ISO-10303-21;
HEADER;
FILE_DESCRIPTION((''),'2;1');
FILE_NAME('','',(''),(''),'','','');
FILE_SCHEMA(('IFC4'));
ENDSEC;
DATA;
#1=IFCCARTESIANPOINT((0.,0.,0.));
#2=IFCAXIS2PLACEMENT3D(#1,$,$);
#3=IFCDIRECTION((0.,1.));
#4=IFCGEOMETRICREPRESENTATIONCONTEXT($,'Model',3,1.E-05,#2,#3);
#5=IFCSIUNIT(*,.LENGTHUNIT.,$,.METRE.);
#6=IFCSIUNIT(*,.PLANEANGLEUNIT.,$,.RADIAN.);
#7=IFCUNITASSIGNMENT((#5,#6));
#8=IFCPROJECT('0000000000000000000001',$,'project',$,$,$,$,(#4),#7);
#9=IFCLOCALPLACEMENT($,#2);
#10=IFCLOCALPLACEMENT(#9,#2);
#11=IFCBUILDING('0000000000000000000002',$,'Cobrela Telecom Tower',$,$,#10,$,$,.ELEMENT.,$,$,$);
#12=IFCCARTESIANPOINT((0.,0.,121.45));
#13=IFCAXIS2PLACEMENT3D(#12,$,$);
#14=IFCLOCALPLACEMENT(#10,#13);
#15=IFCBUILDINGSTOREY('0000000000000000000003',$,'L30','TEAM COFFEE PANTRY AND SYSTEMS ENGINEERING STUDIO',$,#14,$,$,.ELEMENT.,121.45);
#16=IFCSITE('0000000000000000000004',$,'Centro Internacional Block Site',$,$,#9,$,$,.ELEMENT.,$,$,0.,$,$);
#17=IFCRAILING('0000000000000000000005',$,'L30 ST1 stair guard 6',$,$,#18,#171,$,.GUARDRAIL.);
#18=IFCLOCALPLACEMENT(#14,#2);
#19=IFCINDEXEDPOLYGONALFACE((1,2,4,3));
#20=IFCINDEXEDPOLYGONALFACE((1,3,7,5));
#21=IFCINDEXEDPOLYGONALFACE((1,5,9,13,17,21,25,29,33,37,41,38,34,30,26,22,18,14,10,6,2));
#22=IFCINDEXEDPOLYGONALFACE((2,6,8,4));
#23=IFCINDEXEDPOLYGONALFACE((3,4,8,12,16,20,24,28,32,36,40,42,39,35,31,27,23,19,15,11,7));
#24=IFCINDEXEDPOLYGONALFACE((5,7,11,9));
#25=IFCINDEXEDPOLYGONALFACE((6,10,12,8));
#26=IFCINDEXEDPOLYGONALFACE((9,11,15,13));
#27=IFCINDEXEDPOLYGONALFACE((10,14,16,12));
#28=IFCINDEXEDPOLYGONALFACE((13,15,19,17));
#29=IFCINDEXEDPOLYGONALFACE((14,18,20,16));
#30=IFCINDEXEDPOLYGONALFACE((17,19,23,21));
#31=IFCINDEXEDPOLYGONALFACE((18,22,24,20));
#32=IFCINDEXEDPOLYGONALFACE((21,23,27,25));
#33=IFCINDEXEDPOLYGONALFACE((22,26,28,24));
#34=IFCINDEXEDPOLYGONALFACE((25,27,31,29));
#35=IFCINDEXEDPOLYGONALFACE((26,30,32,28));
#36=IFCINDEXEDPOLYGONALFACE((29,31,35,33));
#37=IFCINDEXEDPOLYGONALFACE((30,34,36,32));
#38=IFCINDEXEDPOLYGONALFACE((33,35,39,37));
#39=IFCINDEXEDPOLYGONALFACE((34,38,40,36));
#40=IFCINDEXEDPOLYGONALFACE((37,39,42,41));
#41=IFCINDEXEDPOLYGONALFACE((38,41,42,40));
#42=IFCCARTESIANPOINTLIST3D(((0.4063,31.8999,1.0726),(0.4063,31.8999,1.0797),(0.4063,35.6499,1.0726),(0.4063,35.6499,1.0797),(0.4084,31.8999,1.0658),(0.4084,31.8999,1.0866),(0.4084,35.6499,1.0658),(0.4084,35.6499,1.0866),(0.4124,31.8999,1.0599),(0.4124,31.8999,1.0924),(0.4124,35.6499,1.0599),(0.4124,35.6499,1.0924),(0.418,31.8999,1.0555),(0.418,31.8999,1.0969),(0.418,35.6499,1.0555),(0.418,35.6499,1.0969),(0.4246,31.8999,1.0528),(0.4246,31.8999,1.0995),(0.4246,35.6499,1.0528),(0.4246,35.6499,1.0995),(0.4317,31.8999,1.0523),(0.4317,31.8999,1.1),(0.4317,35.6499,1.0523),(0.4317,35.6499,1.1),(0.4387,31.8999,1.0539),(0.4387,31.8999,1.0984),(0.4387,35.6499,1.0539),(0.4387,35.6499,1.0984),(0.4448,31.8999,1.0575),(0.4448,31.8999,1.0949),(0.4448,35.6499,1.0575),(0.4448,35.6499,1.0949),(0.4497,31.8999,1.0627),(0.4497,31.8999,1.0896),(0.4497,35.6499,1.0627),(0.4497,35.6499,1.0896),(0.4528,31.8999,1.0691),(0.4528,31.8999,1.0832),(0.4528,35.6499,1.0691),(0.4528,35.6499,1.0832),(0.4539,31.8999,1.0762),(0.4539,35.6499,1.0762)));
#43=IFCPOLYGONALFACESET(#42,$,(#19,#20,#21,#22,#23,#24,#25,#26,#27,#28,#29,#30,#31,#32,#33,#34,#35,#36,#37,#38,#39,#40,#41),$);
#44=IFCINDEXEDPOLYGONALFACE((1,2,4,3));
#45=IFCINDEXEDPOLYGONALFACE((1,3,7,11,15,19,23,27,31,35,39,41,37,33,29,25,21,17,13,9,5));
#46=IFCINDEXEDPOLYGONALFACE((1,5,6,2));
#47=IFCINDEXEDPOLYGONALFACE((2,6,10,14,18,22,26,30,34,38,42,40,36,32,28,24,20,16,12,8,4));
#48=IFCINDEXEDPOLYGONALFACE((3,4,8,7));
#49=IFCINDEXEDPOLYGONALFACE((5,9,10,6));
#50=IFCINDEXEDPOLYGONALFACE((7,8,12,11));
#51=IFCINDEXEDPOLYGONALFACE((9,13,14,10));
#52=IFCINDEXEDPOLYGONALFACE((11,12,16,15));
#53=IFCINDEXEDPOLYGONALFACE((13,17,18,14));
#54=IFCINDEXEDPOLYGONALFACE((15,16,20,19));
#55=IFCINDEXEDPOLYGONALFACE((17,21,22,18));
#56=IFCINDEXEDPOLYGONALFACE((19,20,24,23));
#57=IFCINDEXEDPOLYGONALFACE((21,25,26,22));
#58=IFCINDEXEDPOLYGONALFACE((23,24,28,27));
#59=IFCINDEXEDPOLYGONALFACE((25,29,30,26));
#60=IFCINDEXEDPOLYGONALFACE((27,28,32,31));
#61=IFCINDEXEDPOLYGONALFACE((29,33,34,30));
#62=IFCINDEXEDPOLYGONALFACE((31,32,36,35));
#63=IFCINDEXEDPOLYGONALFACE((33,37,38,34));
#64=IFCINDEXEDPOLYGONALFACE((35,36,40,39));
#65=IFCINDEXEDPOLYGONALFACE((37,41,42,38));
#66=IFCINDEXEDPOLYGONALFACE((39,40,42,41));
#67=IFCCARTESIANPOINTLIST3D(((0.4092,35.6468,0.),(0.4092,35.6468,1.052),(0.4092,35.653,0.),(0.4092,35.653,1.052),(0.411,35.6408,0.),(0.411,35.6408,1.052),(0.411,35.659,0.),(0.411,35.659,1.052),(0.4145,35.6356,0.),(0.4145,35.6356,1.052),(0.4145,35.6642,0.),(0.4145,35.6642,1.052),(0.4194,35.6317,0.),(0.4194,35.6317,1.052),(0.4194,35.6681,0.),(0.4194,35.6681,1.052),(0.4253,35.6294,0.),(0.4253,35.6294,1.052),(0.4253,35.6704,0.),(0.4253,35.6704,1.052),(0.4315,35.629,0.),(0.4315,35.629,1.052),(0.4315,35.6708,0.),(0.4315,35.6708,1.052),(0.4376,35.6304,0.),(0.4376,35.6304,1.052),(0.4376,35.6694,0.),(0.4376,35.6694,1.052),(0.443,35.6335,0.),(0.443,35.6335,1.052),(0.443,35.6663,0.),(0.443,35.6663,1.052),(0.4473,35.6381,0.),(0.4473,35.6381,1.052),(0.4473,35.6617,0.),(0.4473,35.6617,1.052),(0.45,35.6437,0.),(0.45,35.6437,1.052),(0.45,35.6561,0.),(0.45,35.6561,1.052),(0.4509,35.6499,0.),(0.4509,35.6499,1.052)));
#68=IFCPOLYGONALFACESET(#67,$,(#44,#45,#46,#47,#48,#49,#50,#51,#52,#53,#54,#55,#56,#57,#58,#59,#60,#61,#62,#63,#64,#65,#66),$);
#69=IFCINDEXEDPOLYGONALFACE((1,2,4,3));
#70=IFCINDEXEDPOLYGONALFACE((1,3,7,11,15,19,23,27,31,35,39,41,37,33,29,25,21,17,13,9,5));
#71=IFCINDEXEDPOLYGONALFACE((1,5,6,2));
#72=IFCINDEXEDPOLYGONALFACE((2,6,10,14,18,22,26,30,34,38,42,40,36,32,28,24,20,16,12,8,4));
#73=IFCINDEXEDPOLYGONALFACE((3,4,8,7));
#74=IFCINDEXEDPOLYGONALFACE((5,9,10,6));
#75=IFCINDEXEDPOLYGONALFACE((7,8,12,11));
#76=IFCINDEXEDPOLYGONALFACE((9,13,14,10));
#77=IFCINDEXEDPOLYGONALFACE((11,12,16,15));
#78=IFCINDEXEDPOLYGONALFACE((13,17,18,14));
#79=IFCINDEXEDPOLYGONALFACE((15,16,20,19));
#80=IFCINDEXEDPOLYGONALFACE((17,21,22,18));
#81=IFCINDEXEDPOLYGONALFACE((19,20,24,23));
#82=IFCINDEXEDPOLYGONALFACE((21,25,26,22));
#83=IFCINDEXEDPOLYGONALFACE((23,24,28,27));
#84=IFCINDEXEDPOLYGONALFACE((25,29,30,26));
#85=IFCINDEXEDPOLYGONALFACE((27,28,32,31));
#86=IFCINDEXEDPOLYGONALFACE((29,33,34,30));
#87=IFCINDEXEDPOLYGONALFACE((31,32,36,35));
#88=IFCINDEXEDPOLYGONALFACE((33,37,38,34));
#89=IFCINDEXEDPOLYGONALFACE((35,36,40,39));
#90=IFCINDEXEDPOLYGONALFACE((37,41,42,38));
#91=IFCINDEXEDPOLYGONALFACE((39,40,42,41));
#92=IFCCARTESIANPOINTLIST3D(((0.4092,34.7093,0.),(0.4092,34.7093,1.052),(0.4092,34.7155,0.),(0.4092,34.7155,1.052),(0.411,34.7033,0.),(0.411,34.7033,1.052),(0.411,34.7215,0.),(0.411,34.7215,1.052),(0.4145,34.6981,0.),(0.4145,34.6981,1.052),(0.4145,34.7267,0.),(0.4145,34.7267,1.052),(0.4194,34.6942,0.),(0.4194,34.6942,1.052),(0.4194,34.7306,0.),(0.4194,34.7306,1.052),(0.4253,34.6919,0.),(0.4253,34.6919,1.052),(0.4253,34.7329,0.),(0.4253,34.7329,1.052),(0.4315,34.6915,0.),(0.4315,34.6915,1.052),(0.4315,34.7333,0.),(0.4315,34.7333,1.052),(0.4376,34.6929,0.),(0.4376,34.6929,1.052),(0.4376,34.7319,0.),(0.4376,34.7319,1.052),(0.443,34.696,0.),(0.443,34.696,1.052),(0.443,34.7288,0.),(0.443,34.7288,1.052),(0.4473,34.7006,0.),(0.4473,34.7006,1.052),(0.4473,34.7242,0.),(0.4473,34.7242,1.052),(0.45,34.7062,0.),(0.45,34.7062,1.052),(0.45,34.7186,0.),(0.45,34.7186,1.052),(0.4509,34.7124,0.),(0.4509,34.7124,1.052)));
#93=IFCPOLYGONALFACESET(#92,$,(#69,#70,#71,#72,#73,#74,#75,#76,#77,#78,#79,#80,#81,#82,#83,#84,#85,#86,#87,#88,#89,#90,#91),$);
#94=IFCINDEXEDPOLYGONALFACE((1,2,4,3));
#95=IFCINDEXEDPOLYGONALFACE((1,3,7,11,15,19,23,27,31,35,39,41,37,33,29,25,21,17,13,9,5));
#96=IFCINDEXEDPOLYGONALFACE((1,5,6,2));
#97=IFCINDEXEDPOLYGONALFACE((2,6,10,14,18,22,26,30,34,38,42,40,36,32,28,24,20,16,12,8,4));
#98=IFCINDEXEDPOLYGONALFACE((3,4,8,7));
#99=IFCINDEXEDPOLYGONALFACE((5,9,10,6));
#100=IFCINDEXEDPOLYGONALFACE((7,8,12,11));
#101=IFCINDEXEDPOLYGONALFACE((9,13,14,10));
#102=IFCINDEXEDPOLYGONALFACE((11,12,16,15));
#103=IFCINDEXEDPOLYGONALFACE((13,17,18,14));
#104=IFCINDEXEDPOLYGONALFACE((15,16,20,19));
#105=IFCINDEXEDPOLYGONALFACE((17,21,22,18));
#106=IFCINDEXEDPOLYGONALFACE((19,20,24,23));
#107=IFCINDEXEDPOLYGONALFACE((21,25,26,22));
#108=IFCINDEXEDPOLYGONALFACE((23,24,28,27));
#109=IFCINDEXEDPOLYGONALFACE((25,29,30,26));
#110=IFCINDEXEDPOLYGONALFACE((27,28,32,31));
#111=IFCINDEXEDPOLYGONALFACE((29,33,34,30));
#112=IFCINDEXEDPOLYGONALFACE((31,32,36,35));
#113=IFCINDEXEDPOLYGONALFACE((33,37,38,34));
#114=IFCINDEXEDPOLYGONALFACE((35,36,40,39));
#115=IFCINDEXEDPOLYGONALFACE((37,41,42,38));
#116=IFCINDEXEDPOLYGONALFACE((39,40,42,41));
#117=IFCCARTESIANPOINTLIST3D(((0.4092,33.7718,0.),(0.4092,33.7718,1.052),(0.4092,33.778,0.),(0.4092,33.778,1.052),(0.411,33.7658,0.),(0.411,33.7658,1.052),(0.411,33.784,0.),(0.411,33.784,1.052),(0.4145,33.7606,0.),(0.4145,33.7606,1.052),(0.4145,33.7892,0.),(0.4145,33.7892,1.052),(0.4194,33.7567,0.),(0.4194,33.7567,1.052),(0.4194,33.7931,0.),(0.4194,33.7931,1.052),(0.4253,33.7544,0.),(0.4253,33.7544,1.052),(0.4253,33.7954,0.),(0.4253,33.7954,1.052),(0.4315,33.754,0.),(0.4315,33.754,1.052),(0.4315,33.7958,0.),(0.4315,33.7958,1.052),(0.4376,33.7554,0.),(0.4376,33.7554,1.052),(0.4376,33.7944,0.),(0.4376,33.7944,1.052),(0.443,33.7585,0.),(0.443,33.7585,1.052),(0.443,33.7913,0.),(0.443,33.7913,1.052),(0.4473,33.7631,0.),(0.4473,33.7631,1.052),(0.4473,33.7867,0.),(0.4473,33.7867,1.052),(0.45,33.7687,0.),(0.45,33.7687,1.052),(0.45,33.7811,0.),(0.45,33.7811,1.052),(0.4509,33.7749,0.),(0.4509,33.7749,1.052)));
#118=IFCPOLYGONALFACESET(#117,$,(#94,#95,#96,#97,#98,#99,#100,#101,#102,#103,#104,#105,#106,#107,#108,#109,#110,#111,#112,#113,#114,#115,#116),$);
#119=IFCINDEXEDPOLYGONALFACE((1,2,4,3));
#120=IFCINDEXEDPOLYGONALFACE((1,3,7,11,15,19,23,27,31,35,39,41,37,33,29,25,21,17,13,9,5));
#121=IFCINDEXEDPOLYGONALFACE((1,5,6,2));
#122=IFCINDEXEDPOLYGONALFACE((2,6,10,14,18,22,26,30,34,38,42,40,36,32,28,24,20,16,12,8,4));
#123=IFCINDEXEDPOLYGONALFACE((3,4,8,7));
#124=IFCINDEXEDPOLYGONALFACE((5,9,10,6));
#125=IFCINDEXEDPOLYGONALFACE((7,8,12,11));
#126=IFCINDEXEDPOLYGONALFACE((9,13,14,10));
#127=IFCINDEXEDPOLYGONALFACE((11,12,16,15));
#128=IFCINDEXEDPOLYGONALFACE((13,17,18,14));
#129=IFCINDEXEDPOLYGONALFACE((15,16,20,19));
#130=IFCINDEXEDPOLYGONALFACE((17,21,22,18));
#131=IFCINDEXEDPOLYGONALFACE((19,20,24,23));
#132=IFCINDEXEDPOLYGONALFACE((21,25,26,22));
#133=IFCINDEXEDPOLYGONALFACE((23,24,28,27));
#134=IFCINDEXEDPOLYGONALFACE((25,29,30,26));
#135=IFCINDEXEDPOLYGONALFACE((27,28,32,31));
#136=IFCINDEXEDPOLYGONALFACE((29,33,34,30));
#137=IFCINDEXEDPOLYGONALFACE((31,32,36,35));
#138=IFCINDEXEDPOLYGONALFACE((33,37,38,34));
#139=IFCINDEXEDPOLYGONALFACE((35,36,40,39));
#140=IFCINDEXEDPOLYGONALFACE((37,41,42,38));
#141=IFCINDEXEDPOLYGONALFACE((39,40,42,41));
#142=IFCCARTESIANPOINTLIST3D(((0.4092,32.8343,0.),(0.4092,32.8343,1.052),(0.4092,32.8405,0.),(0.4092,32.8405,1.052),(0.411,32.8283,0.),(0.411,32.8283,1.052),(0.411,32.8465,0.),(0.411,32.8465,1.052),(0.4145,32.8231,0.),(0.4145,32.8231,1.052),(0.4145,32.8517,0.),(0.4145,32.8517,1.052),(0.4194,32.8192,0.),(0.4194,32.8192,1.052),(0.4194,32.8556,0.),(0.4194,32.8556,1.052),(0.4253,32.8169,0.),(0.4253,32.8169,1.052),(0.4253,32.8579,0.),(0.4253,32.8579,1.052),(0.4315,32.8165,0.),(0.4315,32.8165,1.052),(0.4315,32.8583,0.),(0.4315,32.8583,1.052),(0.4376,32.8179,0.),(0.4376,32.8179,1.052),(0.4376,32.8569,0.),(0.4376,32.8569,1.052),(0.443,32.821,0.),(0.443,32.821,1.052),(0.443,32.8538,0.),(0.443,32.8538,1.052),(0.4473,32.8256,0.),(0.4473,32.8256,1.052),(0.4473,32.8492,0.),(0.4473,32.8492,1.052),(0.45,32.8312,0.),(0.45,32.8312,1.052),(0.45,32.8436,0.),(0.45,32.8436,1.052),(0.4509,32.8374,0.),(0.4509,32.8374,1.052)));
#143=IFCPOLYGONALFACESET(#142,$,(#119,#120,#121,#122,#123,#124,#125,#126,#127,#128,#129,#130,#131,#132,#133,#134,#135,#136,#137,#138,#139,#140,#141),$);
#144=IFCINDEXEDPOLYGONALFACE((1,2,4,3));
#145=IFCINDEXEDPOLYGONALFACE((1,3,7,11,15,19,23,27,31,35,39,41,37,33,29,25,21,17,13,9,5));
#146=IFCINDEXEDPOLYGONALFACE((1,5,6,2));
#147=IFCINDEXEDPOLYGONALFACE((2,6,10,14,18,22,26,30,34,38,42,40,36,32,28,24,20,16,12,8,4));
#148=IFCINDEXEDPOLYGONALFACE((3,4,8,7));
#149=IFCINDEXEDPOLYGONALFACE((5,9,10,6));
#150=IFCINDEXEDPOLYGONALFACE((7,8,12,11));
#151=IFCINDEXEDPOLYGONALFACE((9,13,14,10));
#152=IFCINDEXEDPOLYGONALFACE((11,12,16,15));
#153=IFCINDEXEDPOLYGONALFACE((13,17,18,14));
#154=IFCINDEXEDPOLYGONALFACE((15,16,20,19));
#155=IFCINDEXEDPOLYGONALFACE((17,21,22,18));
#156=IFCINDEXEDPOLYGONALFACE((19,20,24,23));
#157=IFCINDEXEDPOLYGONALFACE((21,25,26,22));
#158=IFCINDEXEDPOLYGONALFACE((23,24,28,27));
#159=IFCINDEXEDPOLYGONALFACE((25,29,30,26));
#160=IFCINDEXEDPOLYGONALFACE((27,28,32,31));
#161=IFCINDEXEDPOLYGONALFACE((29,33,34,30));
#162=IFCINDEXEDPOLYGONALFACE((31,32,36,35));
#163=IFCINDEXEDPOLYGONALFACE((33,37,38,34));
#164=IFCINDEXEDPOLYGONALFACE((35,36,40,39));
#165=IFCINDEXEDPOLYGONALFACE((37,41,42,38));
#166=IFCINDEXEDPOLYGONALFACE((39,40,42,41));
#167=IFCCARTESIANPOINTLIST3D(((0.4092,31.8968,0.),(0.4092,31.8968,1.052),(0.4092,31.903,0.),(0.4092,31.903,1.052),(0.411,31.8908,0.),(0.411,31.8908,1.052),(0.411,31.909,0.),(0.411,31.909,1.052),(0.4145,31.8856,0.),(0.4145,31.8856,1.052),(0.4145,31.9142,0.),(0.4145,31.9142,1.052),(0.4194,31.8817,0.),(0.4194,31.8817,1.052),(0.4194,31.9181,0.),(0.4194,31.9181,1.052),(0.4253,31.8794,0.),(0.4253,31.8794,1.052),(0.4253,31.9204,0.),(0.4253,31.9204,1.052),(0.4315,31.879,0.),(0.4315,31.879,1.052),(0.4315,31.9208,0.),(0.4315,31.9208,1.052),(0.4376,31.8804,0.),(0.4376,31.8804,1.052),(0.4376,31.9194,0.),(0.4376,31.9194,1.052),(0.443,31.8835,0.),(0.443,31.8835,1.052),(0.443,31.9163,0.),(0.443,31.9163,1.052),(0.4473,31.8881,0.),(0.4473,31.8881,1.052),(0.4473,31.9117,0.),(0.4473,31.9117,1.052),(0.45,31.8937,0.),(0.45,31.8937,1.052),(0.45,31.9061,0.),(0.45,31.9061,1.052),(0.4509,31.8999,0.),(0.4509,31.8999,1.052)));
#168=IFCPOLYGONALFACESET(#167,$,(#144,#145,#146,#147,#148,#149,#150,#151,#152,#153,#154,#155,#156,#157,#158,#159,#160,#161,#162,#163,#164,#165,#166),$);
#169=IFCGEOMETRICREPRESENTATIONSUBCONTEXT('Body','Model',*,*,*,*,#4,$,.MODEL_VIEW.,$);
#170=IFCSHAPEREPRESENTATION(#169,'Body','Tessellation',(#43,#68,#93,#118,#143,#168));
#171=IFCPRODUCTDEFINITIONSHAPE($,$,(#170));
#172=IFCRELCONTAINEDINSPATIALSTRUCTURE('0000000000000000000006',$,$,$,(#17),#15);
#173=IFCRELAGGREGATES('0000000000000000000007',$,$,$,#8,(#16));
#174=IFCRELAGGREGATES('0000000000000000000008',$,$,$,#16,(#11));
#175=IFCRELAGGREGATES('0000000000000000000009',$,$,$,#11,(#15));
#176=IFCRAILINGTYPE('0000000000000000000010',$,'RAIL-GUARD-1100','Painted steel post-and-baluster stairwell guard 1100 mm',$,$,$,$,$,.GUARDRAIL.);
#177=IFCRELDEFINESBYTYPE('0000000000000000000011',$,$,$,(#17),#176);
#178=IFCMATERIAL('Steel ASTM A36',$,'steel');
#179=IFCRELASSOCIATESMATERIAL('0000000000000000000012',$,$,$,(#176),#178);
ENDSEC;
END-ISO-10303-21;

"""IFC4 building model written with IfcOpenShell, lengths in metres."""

from ifc_helpers import new_model, si_unit, direction, frame, origin, origin_2d, place, context, subcontext, project, spatial, circle, extrude, material, type_object, element, save


model = new_model("IFC4")

# Units and contexts
model_context = context("Model", 3, precision=1e-05, world=origin(), true_north=direction((0.0, 1.0)))
body_context = subcontext(model_context, "Body", "Model", "MODEL_VIEW")
ifc_project = project(units=[si_unit("LENGTHUNIT", "METRE"), si_unit("PLANEANGLEUNIT", "RADIAN")], contexts=[model_context])

# Site, building, storey
site_placement = place(None, origin())
site = spatial("IfcSite", under=ifc_project, at=site_placement, Name="Centro Internacional Block Site", CompositionType="ELEMENT", RefElevation=0.0)
building_placement = place(site_placement, origin())
building = spatial("IfcBuilding", under=site, at=building_placement, Name="Cobrela Telecom Tower", CompositionType="ELEMENT")
storey_placement = place(building_placement, frame((0.0, 0.0, 121.45)))
storey = spatial("IfcBuildingStorey", under=building, at=storey_placement, Name="L30", Description="TEAM COFFEE PANTRY AND SYSTEMS ENGINEERING STUDIO", CompositionType="ELEMENT", Elevation=121.45)

# Shared definitions
ifc_material_1 = material(Name="Steel ASTM A36", Category="steel")

# Railing
railing_type_1 = type_object("IfcRailingType", Name="RAIL-GUARD-1100", Description="Painted steel post-and-baluster stairwell guard 1100 mm", PredefinedType="GUARDRAIL", material=ifc_material_1)
railing_1_placement = place(storey_placement, frame((0.4299, 35.6499, 0.0)))
element("IfcRailing", 1, at=railing_1_placement, inside=storey, type_object=railing_type_1, Name="L30 ST1 stair guard 6", PredefinedType="GUARDRAIL", context=body_context, shape_type="SweptSolid", body=[
    extrude(circle(Radius=0.0239, at=origin_2d()), frame((0.0, 0.0, 1.0762), z_axis=(0.0, -1.0, 0.0), x_axis=(1.0, 0.0, 0.0)), (0.0, 0.0, 1.0), 3.75),
    extrude(circle(Radius=0.021, at=origin_2d()), origin(), (0.0, 0.0, 1.0), 1.052),
    extrude(circle(Radius=0.021, at=origin_2d()), frame((0.0, -0.9375, 0.0)), (0.0, 0.0, 1.0), 1.052),
    extrude(circle(Radius=0.021, at=origin_2d()), frame((0.0, -1.875, 0.0)), (0.0, 0.0, 1.0), 1.052),
    extrude(circle(Radius=0.021, at=origin_2d()), frame((0.0, -2.8125, 0.0)), (0.0, 0.0, 1.0), 1.052),
    extrude(circle(Radius=0.021, at=origin_2d()), frame((0.0, -3.75, 0.0)), (0.0, 0.0, 1.0), 1.052),
])

save(model, "model.ifc")
